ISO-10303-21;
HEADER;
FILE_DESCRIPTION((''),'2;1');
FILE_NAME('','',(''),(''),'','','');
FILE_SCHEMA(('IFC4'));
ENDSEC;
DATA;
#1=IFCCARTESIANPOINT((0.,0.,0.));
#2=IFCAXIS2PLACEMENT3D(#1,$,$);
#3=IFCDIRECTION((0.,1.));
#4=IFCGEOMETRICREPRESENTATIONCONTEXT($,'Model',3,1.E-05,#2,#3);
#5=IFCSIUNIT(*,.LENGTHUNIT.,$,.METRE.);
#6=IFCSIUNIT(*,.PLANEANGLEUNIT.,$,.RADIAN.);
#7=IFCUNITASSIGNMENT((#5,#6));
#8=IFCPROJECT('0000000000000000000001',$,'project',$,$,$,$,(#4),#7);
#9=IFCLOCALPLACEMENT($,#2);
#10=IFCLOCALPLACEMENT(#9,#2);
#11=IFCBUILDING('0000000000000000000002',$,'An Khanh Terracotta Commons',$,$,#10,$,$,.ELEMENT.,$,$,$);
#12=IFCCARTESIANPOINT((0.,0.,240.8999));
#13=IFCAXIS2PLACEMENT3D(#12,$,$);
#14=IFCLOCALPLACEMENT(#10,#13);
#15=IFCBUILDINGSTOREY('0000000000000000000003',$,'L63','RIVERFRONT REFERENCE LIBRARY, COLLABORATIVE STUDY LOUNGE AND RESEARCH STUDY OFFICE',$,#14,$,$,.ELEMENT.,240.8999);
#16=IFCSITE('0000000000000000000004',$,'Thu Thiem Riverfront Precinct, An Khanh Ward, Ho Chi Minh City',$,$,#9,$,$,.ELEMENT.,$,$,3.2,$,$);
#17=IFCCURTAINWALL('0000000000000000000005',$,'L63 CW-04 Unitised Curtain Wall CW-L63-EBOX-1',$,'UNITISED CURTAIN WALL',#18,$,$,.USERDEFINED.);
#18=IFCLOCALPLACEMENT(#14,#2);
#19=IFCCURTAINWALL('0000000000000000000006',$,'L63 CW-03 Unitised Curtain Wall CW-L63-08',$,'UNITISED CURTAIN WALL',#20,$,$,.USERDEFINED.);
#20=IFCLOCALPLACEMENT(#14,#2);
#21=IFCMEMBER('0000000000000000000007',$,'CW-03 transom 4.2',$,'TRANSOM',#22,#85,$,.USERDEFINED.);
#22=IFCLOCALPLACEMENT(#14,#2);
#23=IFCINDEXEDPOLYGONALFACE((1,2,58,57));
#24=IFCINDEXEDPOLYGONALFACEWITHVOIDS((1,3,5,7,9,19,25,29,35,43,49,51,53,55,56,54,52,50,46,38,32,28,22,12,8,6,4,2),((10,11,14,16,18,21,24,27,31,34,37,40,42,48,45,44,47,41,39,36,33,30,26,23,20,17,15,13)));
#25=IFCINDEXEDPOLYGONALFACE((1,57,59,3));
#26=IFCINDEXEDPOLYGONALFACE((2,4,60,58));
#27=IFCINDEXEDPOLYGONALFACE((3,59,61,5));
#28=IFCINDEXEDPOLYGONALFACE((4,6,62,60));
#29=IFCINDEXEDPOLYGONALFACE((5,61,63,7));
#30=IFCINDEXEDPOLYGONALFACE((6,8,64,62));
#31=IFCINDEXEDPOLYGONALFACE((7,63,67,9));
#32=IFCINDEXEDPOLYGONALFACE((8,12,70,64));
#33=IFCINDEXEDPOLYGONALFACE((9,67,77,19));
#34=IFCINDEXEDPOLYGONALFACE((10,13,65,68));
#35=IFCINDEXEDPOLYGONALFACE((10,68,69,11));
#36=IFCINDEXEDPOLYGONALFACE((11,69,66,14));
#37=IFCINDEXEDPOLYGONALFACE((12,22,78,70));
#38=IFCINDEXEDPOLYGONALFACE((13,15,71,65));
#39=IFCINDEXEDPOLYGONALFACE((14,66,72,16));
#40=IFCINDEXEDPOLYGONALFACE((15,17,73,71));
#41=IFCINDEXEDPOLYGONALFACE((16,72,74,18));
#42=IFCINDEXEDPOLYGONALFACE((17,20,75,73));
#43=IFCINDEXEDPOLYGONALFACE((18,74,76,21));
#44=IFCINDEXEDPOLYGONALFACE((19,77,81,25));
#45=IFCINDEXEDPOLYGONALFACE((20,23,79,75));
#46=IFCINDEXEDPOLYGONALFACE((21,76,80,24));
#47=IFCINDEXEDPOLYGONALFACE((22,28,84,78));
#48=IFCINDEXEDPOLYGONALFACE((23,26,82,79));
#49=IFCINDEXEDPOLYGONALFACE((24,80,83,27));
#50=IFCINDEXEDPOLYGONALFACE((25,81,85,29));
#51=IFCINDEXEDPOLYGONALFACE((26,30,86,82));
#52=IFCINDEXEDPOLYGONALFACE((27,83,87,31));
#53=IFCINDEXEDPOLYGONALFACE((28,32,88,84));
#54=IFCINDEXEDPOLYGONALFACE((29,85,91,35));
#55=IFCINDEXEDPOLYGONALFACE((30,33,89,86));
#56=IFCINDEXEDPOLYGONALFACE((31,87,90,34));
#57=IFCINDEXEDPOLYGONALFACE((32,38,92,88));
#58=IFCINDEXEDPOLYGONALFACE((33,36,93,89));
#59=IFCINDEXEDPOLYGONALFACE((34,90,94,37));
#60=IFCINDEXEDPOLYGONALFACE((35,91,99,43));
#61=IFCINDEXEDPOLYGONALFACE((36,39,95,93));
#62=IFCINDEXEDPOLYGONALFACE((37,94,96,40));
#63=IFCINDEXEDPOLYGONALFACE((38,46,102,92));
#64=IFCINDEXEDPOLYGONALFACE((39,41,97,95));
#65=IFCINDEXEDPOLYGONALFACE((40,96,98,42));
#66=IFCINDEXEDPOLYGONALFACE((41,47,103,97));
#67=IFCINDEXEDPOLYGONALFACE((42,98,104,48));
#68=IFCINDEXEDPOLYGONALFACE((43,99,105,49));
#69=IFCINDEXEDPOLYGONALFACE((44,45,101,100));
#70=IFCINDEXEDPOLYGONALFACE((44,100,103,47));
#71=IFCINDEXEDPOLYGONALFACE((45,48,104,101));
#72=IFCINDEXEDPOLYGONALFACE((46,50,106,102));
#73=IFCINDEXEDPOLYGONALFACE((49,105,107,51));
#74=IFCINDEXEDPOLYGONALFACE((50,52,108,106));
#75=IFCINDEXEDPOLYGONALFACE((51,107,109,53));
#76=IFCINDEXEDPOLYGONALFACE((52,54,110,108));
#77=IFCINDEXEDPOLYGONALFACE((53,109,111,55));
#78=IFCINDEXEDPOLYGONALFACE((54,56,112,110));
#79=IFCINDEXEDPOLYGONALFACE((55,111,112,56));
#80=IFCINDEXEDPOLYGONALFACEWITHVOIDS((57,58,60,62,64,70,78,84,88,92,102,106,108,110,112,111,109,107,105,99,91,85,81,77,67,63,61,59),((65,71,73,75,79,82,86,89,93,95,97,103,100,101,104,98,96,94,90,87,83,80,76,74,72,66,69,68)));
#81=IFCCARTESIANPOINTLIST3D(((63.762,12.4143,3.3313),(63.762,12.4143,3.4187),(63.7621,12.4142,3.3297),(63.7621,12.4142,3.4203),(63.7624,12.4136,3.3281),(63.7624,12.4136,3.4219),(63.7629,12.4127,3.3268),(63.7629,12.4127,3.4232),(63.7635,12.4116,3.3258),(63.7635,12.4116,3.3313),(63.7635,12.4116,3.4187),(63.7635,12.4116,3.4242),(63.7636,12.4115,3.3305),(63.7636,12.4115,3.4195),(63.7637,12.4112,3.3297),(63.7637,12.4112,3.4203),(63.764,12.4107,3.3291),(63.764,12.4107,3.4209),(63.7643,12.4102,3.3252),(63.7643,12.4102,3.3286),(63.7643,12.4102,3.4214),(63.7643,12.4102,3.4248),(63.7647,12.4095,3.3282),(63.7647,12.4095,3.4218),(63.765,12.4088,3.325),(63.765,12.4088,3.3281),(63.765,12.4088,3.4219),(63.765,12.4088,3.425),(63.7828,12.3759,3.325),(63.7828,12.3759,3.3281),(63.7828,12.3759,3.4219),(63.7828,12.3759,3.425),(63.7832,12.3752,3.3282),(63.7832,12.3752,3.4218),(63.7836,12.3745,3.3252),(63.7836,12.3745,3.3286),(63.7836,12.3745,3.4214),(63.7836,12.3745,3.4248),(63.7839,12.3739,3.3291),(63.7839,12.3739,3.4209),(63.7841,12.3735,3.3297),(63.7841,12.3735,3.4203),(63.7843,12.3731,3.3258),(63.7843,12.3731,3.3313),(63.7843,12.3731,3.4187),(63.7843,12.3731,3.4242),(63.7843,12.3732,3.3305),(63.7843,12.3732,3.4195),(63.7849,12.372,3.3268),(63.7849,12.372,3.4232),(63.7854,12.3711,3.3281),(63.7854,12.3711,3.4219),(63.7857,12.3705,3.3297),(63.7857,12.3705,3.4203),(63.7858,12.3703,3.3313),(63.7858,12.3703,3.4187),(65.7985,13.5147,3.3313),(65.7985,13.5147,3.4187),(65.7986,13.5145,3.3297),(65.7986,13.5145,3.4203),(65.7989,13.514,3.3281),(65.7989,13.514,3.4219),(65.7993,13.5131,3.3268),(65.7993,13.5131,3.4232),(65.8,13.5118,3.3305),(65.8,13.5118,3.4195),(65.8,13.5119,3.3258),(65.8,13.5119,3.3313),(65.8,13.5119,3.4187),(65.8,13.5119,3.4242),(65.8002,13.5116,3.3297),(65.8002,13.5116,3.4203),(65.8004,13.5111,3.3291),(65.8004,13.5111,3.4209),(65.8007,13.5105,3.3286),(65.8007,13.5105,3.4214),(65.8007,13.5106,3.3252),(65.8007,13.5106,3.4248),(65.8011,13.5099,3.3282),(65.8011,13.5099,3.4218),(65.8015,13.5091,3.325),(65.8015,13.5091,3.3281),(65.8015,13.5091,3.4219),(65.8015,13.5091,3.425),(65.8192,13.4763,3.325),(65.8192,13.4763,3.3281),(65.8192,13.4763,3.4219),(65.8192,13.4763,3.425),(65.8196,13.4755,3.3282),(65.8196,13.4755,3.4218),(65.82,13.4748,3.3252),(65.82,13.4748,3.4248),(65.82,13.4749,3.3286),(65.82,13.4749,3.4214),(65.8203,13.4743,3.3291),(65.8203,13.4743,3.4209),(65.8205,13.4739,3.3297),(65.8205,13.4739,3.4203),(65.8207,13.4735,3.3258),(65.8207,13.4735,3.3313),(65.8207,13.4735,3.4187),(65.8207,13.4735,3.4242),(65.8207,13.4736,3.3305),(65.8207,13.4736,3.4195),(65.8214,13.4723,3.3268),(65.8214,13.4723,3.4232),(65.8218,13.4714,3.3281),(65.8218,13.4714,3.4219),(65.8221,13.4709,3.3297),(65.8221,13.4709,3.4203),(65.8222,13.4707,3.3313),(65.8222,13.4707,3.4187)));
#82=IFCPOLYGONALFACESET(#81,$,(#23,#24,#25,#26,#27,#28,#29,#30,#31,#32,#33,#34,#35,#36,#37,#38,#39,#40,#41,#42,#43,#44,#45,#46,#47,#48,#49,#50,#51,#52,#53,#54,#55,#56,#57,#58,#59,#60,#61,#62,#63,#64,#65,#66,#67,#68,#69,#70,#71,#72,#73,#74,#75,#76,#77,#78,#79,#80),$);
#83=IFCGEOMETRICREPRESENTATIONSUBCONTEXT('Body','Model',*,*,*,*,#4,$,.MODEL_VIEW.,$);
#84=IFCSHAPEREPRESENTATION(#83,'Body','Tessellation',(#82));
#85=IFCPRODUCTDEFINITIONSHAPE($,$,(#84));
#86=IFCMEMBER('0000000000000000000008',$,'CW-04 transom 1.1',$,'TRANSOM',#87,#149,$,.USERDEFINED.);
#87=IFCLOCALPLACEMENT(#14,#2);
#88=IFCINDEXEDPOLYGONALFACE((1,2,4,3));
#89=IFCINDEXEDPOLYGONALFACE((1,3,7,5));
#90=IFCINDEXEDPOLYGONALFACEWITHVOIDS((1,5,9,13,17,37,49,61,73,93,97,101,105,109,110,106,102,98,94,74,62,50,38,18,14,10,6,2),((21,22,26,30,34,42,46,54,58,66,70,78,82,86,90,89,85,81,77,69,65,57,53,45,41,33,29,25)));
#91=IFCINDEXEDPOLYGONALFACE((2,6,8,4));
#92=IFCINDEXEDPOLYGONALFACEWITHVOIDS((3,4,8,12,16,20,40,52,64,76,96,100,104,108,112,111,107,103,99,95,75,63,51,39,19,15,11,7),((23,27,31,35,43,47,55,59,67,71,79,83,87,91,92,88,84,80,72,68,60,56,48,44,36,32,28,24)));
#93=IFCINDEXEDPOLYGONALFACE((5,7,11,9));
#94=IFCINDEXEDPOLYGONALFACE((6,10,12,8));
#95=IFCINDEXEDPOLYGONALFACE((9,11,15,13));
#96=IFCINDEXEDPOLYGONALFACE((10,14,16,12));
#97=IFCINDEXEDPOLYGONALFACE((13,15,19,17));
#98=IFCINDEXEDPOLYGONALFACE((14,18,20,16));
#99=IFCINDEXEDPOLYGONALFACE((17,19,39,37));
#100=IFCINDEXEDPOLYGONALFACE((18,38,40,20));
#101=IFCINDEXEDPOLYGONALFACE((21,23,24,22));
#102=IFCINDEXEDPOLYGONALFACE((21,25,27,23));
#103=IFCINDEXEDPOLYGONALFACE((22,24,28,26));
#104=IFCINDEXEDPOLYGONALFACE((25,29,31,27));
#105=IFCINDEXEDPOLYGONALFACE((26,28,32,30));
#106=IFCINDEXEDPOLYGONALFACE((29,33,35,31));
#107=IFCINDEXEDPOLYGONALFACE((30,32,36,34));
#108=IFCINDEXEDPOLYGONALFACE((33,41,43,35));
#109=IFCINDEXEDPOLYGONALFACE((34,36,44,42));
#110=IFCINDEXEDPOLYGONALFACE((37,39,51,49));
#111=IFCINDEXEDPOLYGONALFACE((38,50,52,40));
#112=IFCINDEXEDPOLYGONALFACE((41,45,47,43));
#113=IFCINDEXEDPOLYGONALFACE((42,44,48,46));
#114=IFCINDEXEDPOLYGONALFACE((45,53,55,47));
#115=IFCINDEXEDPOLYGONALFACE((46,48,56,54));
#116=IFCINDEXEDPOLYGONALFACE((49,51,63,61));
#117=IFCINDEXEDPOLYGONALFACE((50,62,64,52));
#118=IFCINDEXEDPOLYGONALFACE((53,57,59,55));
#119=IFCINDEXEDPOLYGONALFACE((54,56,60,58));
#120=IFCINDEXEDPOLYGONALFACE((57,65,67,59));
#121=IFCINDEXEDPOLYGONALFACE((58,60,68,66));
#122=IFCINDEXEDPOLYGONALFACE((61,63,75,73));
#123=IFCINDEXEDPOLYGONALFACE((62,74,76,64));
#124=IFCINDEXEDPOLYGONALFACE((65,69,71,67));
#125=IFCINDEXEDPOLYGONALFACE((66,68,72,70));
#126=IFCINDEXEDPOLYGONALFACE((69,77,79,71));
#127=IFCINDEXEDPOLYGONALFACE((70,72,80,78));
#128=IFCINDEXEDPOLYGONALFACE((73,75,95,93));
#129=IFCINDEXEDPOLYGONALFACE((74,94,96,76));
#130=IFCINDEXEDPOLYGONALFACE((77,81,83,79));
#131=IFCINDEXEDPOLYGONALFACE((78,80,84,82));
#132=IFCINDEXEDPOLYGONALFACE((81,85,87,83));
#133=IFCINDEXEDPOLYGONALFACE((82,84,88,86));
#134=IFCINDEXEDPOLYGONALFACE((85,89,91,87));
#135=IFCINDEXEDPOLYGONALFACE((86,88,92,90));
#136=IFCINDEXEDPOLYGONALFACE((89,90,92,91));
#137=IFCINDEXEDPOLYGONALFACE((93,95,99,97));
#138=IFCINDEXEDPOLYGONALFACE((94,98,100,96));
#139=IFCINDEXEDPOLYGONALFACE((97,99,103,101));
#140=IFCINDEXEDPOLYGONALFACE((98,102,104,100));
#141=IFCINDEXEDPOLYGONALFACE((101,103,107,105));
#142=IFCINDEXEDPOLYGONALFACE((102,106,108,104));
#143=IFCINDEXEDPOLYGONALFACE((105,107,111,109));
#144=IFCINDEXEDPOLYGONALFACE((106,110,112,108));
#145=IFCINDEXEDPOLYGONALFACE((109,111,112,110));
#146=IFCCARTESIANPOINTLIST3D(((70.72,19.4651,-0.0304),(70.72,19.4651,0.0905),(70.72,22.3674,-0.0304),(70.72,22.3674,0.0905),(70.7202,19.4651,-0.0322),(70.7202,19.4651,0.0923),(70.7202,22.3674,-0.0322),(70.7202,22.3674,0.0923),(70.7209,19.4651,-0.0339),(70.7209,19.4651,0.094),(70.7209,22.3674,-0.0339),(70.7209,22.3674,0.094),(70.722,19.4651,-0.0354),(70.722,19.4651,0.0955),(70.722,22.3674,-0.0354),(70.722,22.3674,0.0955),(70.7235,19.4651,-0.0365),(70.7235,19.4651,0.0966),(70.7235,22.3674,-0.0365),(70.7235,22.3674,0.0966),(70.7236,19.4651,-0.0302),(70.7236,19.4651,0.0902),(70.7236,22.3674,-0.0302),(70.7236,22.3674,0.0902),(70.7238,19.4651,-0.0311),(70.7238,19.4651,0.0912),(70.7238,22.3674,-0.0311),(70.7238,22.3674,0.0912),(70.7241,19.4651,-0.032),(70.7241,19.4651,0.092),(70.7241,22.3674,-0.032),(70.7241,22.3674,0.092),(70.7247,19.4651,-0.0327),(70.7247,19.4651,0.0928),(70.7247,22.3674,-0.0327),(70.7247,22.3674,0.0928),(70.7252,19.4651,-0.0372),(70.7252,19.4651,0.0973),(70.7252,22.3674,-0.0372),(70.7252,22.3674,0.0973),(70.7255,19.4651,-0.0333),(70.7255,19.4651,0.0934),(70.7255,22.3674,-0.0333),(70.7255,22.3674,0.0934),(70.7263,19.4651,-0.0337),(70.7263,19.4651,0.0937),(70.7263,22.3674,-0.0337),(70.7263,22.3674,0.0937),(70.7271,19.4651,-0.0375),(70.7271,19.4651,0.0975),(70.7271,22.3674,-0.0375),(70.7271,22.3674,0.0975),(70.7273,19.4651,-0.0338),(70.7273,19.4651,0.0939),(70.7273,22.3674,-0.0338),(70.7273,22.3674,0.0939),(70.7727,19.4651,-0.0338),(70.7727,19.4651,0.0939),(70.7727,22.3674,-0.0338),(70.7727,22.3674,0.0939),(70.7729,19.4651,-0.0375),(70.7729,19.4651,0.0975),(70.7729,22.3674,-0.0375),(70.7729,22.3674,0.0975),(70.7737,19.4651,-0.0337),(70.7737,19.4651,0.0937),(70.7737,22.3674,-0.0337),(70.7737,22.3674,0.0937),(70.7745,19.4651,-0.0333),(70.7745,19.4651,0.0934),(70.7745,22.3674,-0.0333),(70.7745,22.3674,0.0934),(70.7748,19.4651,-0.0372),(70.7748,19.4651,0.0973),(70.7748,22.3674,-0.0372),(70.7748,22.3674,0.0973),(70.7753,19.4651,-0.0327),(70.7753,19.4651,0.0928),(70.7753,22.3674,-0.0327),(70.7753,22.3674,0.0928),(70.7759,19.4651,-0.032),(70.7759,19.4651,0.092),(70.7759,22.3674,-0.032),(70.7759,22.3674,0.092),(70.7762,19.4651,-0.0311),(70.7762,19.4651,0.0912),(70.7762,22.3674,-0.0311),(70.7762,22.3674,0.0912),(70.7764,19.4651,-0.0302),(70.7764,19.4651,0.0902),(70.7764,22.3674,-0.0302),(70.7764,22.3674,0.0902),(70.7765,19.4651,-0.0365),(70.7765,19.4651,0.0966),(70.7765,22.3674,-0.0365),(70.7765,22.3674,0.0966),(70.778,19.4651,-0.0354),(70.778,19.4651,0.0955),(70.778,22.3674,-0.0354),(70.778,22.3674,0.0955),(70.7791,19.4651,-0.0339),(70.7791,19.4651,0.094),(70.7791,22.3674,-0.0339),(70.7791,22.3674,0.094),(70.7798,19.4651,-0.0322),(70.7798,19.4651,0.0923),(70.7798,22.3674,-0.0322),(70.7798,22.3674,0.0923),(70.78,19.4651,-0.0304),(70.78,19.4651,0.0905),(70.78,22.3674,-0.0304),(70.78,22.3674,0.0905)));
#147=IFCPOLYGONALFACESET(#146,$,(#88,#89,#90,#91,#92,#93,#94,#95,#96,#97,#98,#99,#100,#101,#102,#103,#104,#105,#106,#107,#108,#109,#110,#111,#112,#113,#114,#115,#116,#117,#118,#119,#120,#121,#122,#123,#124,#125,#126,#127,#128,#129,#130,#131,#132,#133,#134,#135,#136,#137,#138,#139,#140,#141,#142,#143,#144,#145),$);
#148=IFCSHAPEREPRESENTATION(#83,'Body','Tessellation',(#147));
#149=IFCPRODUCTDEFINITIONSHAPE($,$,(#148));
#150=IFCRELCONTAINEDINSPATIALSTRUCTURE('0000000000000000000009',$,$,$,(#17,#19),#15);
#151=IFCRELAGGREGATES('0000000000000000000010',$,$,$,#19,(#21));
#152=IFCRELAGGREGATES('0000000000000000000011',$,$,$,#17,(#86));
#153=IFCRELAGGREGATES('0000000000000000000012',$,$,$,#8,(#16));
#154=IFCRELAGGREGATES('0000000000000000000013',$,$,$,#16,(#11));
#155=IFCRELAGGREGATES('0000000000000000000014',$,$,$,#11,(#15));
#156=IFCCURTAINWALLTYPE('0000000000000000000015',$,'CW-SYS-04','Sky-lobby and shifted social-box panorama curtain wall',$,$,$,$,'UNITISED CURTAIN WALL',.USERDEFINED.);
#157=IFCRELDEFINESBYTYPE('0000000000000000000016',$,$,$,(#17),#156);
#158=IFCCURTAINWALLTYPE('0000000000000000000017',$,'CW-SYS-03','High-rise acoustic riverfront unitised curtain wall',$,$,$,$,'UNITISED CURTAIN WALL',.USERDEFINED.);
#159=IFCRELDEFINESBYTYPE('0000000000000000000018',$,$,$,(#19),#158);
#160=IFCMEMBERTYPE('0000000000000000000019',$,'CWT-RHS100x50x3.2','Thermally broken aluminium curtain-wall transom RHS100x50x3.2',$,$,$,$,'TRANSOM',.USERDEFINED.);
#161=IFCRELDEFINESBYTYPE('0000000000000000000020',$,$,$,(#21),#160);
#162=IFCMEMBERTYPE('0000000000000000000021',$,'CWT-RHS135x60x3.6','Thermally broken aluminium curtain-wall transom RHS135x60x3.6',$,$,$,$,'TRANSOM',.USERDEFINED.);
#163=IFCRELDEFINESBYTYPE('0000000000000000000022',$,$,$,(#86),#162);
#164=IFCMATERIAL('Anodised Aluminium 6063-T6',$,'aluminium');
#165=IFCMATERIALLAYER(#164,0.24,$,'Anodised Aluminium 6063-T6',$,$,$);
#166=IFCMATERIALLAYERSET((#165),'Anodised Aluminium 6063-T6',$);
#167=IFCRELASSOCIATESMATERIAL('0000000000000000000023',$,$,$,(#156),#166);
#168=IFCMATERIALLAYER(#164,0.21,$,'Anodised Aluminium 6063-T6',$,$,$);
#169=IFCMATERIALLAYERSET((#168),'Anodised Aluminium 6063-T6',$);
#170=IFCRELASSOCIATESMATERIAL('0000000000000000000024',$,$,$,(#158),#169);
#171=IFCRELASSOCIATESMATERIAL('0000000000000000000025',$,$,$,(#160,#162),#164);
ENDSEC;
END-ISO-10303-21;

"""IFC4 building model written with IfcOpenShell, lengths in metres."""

from ifc_helpers import new_model, si_unit, direction, frame, origin, origin_2d, place, context, subcontext, project, spatial, hollow_rectangle, extrude, material, layer, layer_set, material_profile, profile_set, type_object, element, aggregate, save


model = new_model("IFC4")

# Units and contexts
model_context = context("Model", 3, precision=1e-05, world=origin(), true_north=direction((0.0, 1.0)))
body_context = subcontext(model_context, "Body", "Model", "MODEL_VIEW")
ifc_project = project(units=[si_unit("LENGTHUNIT", "METRE"), si_unit("PLANEANGLEUNIT", "RADIAN")], contexts=[model_context])

# Site, building, storey
site_placement = place(None, origin())
site = spatial("IfcSite", under=ifc_project, at=site_placement, Name="Thu Thiem Riverfront Precinct, An Khanh Ward, Ho Chi Minh City", CompositionType="ELEMENT", RefElevation=3.2)
building_placement = place(site_placement, origin())
building = spatial("IfcBuilding", under=site, at=building_placement, Name="An Khanh Terracotta Commons", CompositionType="ELEMENT")
storey_placement = place(building_placement, frame((0.0, 0.0, 240.8999)))
storey = spatial("IfcBuildingStorey", under=building, at=storey_placement, Name="L63", Description="RIVERFRONT REFERENCE LIBRARY, COLLABORATIVE STUDY LOUNGE AND RESEARCH STUDY OFFICE", CompositionType="ELEMENT", Elevation=240.8999)

# Curtain wall
ifc_material_1 = material(Name="Anodised Aluminium 6063-T6", Category="aluminium")
ifc_layer_1 = layer(ifc_material_1, 0.24, Name="Anodised Aluminium 6063-T6")
ifc_layer_set_1 = layer_set([ifc_layer_1], Name="Anodised Aluminium 6063-T6")
curtain_wall_type_1 = type_object("IfcCurtainWallType", Name="CW-SYS-04", Description="Sky-lobby and shifted social-box panorama curtain wall", ElementType="UNITISED CURTAIN WALL", PredefinedType="USERDEFINED", material=ifc_layer_set_1)
curtain_wall_1_placement = place(storey_placement, origin())
curtain_wall_1 = element("IfcCurtainWall", 1, at=curtain_wall_1_placement, inside=storey, type_object=curtain_wall_type_1, Name="L63 CW-04 Unitised Curtain Wall CW-L63-EBOX-1", ObjectType="UNITISED CURTAIN WALL", PredefinedType="USERDEFINED")

# Curtain wall, member
ifc_layer_2 = layer(ifc_material_1, 0.21, Name="Anodised Aluminium 6063-T6")
ifc_layer_set_2 = layer_set([ifc_layer_2], Name="Anodised Aluminium 6063-T6")
curtain_wall_type_2 = type_object("IfcCurtainWallType", Name="CW-SYS-03", Description="High-rise acoustic riverfront unitised curtain wall", ElementType="UNITISED CURTAIN WALL", PredefinedType="USERDEFINED", material=ifc_layer_set_2)
curtain_wall_2_placement = place(storey_placement, origin())
curtain_wall_2 = element("IfcCurtainWall", 2, at=curtain_wall_2_placement, inside=storey, type_object=curtain_wall_type_2, Name="L63 CW-03 Unitised Curtain Wall CW-L63-08", ObjectType="UNITISED CURTAIN WALL", PredefinedType="USERDEFINED")
ifc_material_profile_1 = material_profile(ifc_material_1, hollow_rectangle(XDim=0.05, YDim=0.1001, WallThickness=0.0032, InnerFilletRadius=0.0032, OuterFilletRadius=0.0063, at=origin_2d()), Name="RHS100x50x3.2")
ifc_profile_set_1 = profile_set([ifc_material_profile_1], Name="Anodised Aluminium 6063-T6")
member_type_1 = type_object("IfcMemberType", Name="CWT-RHS100x50x3.2", Description="Thermally broken aluminium curtain-wall transom RHS100x50x3.2", ElementType="TRANSOM", PredefinedType="USERDEFINED", material=ifc_profile_set_1)
member_1_placement = place(storey_placement, frame((63.7739, 12.3923, 3.375), z_axis=(0.879779, 0.475382, 0.0), x_axis=(-0.475382, 0.879779, 0.0)))
member_1 = element("IfcMember", 3, at=member_1_placement, type_object=member_type_1, Name="CW-03 transom 4.2", ObjectType="TRANSOM", PredefinedType="USERDEFINED", context=body_context, shape_type="SweptSolid", body=[
    extrude(hollow_rectangle(XDim=0.05, YDim=0.1001, WallThickness=0.0032, InnerFilletRadius=0.0032, OuterFilletRadius=0.0063, at=origin_2d()), origin(), (0.0, 0.0, 1.0), 2.3147),
])

# Member
ifc_material_profile_2 = material_profile(ifc_material_1, hollow_rectangle(XDim=0.0601, YDim=0.135, WallThickness=0.0037, InnerFilletRadius=0.0037, OuterFilletRadius=0.0071, at=origin_2d()), Name="RHS135x60x3.6")
ifc_profile_set_2 = profile_set([ifc_material_profile_2], Name="Anodised Aluminium 6063-T6")
member_type_2 = type_object("IfcMemberType", Name="CWT-RHS135x60x3.6", Description="Thermally broken aluminium curtain-wall transom RHS135x60x3.6", ElementType="TRANSOM", PredefinedType="USERDEFINED", material=ifc_profile_set_2)
member_2_placement = place(storey_placement, frame((70.75, 19.4651, 0.03), z_axis=(0.0, 1.0, 0.0), x_axis=(-1.0, 0.0, 0.0)))
member_2 = element("IfcMember", 4, at=member_2_placement, type_object=member_type_2, Name="CW-04 transom 1.1", ObjectType="TRANSOM", PredefinedType="USERDEFINED", context=body_context, shape_type="SweptSolid", body=[
    extrude(hollow_rectangle(XDim=0.0601, YDim=0.135, WallThickness=0.0037, InnerFilletRadius=0.0037, OuterFilletRadius=0.0071, at=origin_2d()), origin(), (0.0, 0.0, 1.0), 2.9023),
])

aggregate(curtain_wall_2, [member_1])
aggregate(curtain_wall_1, [member_2])

save(model, "model.ifc")
